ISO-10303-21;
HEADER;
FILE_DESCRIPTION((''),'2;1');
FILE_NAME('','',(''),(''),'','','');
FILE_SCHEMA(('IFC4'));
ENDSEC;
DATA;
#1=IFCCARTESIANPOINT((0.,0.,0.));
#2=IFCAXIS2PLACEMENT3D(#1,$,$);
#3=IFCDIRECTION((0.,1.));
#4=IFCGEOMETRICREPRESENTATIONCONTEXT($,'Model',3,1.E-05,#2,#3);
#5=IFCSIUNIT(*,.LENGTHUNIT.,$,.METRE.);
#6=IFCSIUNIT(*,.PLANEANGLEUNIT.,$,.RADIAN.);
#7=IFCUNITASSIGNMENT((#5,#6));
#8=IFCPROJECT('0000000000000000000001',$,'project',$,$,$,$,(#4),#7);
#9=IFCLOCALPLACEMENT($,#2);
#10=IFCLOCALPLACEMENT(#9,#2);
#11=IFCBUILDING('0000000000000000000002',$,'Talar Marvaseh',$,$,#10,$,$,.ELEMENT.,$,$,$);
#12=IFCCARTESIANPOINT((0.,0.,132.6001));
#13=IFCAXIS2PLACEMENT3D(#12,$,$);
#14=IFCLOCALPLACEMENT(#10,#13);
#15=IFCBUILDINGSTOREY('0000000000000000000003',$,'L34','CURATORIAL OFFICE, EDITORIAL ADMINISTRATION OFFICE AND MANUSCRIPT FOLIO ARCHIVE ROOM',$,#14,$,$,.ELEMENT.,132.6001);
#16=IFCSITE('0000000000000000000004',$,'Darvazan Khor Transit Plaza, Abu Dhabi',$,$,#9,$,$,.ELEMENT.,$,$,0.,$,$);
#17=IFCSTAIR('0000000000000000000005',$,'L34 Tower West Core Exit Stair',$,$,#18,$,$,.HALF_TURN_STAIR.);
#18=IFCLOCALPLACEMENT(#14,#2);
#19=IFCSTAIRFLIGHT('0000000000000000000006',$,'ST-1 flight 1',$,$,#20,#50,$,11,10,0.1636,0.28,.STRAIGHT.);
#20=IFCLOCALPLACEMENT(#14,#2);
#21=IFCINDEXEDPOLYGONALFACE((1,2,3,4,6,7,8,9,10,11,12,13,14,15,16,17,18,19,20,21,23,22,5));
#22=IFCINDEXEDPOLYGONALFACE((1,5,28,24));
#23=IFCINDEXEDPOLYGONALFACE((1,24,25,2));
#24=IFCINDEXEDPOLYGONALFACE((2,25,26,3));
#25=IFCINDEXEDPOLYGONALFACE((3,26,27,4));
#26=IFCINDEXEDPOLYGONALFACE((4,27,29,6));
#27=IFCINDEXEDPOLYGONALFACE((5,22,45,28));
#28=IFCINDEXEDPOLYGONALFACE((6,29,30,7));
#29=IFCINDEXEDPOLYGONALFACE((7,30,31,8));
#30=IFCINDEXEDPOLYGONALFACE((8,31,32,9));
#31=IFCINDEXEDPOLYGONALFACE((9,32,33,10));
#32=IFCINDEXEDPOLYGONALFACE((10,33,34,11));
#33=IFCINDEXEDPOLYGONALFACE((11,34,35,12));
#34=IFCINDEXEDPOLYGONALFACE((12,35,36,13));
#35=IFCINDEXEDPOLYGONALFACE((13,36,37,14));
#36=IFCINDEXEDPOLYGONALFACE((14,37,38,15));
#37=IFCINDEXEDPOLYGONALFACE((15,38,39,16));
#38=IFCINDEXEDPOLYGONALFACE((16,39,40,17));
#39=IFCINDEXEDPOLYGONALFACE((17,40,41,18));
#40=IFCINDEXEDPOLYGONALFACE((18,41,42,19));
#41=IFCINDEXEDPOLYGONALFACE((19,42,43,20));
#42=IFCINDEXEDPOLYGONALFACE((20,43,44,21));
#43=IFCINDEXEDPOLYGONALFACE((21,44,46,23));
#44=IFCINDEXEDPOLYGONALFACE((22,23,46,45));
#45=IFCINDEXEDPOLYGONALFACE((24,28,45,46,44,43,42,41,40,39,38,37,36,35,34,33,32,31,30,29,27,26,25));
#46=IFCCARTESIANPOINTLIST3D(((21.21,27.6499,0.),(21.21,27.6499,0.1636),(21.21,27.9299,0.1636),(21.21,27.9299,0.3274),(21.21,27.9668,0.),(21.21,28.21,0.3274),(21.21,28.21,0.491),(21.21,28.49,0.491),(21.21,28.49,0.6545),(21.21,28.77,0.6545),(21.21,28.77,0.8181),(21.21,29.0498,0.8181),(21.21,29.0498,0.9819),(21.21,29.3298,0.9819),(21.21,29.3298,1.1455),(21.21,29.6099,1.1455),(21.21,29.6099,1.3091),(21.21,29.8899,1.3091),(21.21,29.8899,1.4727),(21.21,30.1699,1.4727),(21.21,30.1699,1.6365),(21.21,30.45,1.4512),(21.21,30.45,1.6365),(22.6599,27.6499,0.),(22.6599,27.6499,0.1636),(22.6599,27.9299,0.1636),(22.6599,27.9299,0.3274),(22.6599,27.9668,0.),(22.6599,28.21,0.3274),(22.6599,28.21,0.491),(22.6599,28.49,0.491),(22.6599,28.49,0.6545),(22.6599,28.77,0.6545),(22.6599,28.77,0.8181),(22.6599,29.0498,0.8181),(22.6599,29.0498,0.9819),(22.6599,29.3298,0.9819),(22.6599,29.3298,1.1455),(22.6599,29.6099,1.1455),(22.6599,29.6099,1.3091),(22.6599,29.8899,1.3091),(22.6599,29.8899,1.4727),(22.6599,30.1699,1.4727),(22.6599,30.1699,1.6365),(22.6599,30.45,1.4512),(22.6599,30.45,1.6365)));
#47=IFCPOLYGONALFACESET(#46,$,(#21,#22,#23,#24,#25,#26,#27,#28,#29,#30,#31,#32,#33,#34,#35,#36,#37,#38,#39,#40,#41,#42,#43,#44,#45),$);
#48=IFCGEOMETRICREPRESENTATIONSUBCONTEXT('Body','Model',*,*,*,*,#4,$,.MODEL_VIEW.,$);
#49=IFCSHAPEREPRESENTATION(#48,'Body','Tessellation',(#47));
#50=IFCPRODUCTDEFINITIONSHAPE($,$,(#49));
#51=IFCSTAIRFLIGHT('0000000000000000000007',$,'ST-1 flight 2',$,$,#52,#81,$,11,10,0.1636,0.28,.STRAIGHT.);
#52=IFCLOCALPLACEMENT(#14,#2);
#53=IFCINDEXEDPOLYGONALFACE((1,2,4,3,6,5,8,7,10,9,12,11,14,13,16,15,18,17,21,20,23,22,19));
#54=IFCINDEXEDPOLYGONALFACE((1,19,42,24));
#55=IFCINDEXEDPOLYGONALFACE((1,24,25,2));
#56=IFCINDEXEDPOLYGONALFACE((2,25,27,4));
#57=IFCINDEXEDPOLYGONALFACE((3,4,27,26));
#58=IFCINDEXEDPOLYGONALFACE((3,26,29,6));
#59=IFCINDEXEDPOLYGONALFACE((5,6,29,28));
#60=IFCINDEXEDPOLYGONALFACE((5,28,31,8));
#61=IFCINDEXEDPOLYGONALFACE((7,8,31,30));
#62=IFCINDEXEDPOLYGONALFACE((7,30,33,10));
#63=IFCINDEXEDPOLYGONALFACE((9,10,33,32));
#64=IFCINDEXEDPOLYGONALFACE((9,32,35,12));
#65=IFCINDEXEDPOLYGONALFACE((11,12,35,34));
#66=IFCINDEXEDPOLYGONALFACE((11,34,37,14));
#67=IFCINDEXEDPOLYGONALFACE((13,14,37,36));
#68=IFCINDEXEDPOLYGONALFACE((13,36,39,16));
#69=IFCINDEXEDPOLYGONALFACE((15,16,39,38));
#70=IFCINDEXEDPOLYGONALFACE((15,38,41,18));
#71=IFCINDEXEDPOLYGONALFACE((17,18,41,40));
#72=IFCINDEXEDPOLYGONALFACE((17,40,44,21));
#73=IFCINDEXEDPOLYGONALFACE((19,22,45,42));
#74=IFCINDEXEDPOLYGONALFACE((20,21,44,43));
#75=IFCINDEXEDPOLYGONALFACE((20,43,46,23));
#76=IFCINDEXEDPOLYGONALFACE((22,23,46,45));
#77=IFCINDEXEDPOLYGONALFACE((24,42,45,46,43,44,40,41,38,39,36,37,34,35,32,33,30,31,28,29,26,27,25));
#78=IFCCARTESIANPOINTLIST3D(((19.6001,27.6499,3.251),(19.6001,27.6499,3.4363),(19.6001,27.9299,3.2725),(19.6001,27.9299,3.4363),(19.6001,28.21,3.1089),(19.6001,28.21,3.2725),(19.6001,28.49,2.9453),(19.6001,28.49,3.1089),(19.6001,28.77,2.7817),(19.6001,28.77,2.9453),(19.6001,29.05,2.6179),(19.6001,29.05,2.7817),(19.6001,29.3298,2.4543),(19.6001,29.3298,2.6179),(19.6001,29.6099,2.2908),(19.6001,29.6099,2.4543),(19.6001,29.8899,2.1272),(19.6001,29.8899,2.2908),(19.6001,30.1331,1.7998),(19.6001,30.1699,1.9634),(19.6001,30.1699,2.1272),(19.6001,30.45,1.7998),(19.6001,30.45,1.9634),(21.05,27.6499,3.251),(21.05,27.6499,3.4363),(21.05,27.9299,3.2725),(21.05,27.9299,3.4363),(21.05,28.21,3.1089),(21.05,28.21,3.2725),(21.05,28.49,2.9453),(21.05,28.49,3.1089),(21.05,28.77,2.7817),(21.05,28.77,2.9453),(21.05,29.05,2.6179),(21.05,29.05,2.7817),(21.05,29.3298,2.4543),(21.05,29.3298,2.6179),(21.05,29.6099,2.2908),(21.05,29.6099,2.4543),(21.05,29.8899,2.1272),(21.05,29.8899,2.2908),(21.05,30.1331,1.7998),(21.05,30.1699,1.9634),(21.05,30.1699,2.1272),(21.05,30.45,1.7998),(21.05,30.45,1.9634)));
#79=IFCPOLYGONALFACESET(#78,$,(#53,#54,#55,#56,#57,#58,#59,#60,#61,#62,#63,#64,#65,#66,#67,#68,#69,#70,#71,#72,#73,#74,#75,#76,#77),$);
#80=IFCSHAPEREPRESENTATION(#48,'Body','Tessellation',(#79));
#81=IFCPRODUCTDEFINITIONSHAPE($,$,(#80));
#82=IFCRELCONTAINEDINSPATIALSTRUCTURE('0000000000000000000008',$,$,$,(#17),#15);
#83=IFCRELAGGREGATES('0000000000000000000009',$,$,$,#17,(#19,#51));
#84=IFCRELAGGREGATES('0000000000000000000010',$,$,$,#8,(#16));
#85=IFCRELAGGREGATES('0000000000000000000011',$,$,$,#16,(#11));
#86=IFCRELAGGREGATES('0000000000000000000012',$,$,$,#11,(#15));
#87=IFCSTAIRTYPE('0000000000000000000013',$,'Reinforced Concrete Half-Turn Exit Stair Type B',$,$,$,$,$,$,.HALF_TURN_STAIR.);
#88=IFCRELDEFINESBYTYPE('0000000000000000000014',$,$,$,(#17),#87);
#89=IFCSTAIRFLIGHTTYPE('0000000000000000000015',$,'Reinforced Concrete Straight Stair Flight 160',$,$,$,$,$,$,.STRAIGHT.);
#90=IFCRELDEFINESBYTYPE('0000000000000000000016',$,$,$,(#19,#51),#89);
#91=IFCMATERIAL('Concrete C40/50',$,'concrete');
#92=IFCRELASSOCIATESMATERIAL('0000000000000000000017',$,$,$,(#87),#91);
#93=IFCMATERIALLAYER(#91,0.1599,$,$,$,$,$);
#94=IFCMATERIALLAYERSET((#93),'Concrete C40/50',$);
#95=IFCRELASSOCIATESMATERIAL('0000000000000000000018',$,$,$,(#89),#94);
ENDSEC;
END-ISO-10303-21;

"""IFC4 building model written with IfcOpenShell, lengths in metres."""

from ifc_helpers import new_model, si_unit, direction, frame, origin, place, context, subcontext, project, spatial, polyline, outline, extrude, material, layer, layer_set, type_object, element, aggregate, save


model = new_model("IFC4")

# Units and contexts
model_context = context("Model", 3, precision=1e-05, world=origin(), true_north=direction((0.0, 1.0)))
body_context = subcontext(model_context, "Body", "Model", "MODEL_VIEW")
ifc_project = project(units=[si_unit("LENGTHUNIT", "METRE"), si_unit("PLANEANGLEUNIT", "RADIAN")], contexts=[model_context])

# Site, building, storey
site_placement = place(None, origin())
site = spatial("IfcSite", under=ifc_project, at=site_placement, Name="Darvazan Khor Transit Plaza, Abu Dhabi", CompositionType="ELEMENT", RefElevation=0.0)
building_placement = place(site_placement, origin())
building = spatial("IfcBuilding", under=site, at=building_placement, Name="Talar Marvaseh", CompositionType="ELEMENT")
storey_placement = place(building_placement, frame((0.0, 0.0, 132.6001)))
storey = spatial("IfcBuildingStorey", under=building, at=storey_placement, Name="L34", Description="CURATORIAL OFFICE, EDITORIAL ADMINISTRATION OFFICE AND MANUSCRIPT FOLIO ARCHIVE ROOM", CompositionType="ELEMENT", Elevation=132.6001)

# Stair, stair flights
ifc_material_1 = material(Name="Concrete C40/50", Category="concrete")
stair_type = type_object("IfcStairType", Name="Reinforced Concrete Half-Turn Exit Stair Type B", PredefinedType="HALF_TURN_STAIR", material=ifc_material_1)
stair_placement = place(storey_placement, origin())
stair = element("IfcStair", 1, at=stair_placement, inside=storey, type_object=stair_type, Name="L34 Tower West Core Exit Stair", PredefinedType="HALF_TURN_STAIR")
ifc_layer_1 = layer(ifc_material_1, 0.1599)
ifc_layer_set_1 = layer_set([ifc_layer_1], Name="Concrete C40/50")
stair_flight_type = type_object("IfcStairFlightType", Name="Reinforced Concrete Straight Stair Flight 160", PredefinedType="STRAIGHT", material=ifc_layer_set_1)
stair_flight_1_placement = place(storey_placement, frame((21.9351, 27.6499, 0.0), z_axis=(0.0, 0.0, 1.0), x_axis=(0.0, 1.0, 0.0)))
stair_flight_1 = element("IfcStairFlight", 2, at=stair_flight_1_placement, type_object=stair_flight_type, Name="ST-1 flight 1", NumberOfRisers=11, NumberOfTreads=10, PredefinedType="STRAIGHT", RiserHeight=0.1636, TreadLength=0.28, context=body_context, shape_type="SweptSolid", body=[
    extrude(outline(polyline([(0.0, 0.0), (0.0, 0.1636), (0.28, 0.1636), (0.28, 0.3274), (0.5601, 0.3274), (0.5601, 0.491), (0.8401, 0.491), (0.8401, 0.6545), (1.1201, 0.6545), (1.1201, 0.8181), (1.3999, 0.8181), (1.3999, 0.9819), (1.6799, 0.9819), (1.6799, 1.1455), (1.96, 1.1455), (1.96, 1.3091), (2.24, 1.3091), (2.24, 1.4727), (2.52, 1.4727), (2.52, 1.6365), (2.8, 1.6365), (2.8, 1.8), (2.8, 1.4512), (0.3169, 0.0), (0.0, 0.0)])), frame((0.0, 0.7251, 0.0), z_axis=(0.0, -1.0, 0.0), x_axis=(1.0, 0.0, 0.0)), (0.0, 0.0, 1.0), 1.45),
])
stair_flight_2_placement = place(storey_placement, frame((20.325, 30.45, 1.7998), z_axis=(0.0, 0.0, 1.0), x_axis=(0.0, -1.0, 0.0)))
stair_flight_2 = element("IfcStairFlight", 3, at=stair_flight_2_placement, type_object=stair_flight_type, Name="ST-1 flight 2", NumberOfRisers=11, NumberOfTreads=10, PredefinedType="STRAIGHT", RiserHeight=0.1636, TreadLength=0.28, context=body_context, shape_type="SweptSolid", body=[
    extrude(outline(polyline([(0.0, 0.0), (0.0, 0.1636), (0.28, 0.1636), (0.28, 0.3274), (0.5601, 0.3274), (0.5601, 0.491), (0.8401, 0.491), (0.8401, 0.6545), (1.1201, 0.6545), (1.1201, 0.8181), (1.3999, 0.8181), (1.3999, 0.9819), (1.6799, 0.9819), (1.6799, 1.1455), (1.96, 1.1455), (1.96, 1.3091), (2.24, 1.3091), (2.24, 1.4727), (2.52, 1.4727), (2.52, 1.6365), (2.8, 1.6365), (2.8, 1.8), (2.8, 1.4512), (0.3169, 0.0), (0.0, 0.0)])), frame((0.0, 0.7251, 0.0), z_axis=(0.0, -1.0, 0.0), x_axis=(1.0, 0.0, 0.0)), (0.0, 0.0, 1.0), 1.45),
])
aggregate(stair, [stair_flight_1, stair_flight_2])

save(model, "model.ifc")
